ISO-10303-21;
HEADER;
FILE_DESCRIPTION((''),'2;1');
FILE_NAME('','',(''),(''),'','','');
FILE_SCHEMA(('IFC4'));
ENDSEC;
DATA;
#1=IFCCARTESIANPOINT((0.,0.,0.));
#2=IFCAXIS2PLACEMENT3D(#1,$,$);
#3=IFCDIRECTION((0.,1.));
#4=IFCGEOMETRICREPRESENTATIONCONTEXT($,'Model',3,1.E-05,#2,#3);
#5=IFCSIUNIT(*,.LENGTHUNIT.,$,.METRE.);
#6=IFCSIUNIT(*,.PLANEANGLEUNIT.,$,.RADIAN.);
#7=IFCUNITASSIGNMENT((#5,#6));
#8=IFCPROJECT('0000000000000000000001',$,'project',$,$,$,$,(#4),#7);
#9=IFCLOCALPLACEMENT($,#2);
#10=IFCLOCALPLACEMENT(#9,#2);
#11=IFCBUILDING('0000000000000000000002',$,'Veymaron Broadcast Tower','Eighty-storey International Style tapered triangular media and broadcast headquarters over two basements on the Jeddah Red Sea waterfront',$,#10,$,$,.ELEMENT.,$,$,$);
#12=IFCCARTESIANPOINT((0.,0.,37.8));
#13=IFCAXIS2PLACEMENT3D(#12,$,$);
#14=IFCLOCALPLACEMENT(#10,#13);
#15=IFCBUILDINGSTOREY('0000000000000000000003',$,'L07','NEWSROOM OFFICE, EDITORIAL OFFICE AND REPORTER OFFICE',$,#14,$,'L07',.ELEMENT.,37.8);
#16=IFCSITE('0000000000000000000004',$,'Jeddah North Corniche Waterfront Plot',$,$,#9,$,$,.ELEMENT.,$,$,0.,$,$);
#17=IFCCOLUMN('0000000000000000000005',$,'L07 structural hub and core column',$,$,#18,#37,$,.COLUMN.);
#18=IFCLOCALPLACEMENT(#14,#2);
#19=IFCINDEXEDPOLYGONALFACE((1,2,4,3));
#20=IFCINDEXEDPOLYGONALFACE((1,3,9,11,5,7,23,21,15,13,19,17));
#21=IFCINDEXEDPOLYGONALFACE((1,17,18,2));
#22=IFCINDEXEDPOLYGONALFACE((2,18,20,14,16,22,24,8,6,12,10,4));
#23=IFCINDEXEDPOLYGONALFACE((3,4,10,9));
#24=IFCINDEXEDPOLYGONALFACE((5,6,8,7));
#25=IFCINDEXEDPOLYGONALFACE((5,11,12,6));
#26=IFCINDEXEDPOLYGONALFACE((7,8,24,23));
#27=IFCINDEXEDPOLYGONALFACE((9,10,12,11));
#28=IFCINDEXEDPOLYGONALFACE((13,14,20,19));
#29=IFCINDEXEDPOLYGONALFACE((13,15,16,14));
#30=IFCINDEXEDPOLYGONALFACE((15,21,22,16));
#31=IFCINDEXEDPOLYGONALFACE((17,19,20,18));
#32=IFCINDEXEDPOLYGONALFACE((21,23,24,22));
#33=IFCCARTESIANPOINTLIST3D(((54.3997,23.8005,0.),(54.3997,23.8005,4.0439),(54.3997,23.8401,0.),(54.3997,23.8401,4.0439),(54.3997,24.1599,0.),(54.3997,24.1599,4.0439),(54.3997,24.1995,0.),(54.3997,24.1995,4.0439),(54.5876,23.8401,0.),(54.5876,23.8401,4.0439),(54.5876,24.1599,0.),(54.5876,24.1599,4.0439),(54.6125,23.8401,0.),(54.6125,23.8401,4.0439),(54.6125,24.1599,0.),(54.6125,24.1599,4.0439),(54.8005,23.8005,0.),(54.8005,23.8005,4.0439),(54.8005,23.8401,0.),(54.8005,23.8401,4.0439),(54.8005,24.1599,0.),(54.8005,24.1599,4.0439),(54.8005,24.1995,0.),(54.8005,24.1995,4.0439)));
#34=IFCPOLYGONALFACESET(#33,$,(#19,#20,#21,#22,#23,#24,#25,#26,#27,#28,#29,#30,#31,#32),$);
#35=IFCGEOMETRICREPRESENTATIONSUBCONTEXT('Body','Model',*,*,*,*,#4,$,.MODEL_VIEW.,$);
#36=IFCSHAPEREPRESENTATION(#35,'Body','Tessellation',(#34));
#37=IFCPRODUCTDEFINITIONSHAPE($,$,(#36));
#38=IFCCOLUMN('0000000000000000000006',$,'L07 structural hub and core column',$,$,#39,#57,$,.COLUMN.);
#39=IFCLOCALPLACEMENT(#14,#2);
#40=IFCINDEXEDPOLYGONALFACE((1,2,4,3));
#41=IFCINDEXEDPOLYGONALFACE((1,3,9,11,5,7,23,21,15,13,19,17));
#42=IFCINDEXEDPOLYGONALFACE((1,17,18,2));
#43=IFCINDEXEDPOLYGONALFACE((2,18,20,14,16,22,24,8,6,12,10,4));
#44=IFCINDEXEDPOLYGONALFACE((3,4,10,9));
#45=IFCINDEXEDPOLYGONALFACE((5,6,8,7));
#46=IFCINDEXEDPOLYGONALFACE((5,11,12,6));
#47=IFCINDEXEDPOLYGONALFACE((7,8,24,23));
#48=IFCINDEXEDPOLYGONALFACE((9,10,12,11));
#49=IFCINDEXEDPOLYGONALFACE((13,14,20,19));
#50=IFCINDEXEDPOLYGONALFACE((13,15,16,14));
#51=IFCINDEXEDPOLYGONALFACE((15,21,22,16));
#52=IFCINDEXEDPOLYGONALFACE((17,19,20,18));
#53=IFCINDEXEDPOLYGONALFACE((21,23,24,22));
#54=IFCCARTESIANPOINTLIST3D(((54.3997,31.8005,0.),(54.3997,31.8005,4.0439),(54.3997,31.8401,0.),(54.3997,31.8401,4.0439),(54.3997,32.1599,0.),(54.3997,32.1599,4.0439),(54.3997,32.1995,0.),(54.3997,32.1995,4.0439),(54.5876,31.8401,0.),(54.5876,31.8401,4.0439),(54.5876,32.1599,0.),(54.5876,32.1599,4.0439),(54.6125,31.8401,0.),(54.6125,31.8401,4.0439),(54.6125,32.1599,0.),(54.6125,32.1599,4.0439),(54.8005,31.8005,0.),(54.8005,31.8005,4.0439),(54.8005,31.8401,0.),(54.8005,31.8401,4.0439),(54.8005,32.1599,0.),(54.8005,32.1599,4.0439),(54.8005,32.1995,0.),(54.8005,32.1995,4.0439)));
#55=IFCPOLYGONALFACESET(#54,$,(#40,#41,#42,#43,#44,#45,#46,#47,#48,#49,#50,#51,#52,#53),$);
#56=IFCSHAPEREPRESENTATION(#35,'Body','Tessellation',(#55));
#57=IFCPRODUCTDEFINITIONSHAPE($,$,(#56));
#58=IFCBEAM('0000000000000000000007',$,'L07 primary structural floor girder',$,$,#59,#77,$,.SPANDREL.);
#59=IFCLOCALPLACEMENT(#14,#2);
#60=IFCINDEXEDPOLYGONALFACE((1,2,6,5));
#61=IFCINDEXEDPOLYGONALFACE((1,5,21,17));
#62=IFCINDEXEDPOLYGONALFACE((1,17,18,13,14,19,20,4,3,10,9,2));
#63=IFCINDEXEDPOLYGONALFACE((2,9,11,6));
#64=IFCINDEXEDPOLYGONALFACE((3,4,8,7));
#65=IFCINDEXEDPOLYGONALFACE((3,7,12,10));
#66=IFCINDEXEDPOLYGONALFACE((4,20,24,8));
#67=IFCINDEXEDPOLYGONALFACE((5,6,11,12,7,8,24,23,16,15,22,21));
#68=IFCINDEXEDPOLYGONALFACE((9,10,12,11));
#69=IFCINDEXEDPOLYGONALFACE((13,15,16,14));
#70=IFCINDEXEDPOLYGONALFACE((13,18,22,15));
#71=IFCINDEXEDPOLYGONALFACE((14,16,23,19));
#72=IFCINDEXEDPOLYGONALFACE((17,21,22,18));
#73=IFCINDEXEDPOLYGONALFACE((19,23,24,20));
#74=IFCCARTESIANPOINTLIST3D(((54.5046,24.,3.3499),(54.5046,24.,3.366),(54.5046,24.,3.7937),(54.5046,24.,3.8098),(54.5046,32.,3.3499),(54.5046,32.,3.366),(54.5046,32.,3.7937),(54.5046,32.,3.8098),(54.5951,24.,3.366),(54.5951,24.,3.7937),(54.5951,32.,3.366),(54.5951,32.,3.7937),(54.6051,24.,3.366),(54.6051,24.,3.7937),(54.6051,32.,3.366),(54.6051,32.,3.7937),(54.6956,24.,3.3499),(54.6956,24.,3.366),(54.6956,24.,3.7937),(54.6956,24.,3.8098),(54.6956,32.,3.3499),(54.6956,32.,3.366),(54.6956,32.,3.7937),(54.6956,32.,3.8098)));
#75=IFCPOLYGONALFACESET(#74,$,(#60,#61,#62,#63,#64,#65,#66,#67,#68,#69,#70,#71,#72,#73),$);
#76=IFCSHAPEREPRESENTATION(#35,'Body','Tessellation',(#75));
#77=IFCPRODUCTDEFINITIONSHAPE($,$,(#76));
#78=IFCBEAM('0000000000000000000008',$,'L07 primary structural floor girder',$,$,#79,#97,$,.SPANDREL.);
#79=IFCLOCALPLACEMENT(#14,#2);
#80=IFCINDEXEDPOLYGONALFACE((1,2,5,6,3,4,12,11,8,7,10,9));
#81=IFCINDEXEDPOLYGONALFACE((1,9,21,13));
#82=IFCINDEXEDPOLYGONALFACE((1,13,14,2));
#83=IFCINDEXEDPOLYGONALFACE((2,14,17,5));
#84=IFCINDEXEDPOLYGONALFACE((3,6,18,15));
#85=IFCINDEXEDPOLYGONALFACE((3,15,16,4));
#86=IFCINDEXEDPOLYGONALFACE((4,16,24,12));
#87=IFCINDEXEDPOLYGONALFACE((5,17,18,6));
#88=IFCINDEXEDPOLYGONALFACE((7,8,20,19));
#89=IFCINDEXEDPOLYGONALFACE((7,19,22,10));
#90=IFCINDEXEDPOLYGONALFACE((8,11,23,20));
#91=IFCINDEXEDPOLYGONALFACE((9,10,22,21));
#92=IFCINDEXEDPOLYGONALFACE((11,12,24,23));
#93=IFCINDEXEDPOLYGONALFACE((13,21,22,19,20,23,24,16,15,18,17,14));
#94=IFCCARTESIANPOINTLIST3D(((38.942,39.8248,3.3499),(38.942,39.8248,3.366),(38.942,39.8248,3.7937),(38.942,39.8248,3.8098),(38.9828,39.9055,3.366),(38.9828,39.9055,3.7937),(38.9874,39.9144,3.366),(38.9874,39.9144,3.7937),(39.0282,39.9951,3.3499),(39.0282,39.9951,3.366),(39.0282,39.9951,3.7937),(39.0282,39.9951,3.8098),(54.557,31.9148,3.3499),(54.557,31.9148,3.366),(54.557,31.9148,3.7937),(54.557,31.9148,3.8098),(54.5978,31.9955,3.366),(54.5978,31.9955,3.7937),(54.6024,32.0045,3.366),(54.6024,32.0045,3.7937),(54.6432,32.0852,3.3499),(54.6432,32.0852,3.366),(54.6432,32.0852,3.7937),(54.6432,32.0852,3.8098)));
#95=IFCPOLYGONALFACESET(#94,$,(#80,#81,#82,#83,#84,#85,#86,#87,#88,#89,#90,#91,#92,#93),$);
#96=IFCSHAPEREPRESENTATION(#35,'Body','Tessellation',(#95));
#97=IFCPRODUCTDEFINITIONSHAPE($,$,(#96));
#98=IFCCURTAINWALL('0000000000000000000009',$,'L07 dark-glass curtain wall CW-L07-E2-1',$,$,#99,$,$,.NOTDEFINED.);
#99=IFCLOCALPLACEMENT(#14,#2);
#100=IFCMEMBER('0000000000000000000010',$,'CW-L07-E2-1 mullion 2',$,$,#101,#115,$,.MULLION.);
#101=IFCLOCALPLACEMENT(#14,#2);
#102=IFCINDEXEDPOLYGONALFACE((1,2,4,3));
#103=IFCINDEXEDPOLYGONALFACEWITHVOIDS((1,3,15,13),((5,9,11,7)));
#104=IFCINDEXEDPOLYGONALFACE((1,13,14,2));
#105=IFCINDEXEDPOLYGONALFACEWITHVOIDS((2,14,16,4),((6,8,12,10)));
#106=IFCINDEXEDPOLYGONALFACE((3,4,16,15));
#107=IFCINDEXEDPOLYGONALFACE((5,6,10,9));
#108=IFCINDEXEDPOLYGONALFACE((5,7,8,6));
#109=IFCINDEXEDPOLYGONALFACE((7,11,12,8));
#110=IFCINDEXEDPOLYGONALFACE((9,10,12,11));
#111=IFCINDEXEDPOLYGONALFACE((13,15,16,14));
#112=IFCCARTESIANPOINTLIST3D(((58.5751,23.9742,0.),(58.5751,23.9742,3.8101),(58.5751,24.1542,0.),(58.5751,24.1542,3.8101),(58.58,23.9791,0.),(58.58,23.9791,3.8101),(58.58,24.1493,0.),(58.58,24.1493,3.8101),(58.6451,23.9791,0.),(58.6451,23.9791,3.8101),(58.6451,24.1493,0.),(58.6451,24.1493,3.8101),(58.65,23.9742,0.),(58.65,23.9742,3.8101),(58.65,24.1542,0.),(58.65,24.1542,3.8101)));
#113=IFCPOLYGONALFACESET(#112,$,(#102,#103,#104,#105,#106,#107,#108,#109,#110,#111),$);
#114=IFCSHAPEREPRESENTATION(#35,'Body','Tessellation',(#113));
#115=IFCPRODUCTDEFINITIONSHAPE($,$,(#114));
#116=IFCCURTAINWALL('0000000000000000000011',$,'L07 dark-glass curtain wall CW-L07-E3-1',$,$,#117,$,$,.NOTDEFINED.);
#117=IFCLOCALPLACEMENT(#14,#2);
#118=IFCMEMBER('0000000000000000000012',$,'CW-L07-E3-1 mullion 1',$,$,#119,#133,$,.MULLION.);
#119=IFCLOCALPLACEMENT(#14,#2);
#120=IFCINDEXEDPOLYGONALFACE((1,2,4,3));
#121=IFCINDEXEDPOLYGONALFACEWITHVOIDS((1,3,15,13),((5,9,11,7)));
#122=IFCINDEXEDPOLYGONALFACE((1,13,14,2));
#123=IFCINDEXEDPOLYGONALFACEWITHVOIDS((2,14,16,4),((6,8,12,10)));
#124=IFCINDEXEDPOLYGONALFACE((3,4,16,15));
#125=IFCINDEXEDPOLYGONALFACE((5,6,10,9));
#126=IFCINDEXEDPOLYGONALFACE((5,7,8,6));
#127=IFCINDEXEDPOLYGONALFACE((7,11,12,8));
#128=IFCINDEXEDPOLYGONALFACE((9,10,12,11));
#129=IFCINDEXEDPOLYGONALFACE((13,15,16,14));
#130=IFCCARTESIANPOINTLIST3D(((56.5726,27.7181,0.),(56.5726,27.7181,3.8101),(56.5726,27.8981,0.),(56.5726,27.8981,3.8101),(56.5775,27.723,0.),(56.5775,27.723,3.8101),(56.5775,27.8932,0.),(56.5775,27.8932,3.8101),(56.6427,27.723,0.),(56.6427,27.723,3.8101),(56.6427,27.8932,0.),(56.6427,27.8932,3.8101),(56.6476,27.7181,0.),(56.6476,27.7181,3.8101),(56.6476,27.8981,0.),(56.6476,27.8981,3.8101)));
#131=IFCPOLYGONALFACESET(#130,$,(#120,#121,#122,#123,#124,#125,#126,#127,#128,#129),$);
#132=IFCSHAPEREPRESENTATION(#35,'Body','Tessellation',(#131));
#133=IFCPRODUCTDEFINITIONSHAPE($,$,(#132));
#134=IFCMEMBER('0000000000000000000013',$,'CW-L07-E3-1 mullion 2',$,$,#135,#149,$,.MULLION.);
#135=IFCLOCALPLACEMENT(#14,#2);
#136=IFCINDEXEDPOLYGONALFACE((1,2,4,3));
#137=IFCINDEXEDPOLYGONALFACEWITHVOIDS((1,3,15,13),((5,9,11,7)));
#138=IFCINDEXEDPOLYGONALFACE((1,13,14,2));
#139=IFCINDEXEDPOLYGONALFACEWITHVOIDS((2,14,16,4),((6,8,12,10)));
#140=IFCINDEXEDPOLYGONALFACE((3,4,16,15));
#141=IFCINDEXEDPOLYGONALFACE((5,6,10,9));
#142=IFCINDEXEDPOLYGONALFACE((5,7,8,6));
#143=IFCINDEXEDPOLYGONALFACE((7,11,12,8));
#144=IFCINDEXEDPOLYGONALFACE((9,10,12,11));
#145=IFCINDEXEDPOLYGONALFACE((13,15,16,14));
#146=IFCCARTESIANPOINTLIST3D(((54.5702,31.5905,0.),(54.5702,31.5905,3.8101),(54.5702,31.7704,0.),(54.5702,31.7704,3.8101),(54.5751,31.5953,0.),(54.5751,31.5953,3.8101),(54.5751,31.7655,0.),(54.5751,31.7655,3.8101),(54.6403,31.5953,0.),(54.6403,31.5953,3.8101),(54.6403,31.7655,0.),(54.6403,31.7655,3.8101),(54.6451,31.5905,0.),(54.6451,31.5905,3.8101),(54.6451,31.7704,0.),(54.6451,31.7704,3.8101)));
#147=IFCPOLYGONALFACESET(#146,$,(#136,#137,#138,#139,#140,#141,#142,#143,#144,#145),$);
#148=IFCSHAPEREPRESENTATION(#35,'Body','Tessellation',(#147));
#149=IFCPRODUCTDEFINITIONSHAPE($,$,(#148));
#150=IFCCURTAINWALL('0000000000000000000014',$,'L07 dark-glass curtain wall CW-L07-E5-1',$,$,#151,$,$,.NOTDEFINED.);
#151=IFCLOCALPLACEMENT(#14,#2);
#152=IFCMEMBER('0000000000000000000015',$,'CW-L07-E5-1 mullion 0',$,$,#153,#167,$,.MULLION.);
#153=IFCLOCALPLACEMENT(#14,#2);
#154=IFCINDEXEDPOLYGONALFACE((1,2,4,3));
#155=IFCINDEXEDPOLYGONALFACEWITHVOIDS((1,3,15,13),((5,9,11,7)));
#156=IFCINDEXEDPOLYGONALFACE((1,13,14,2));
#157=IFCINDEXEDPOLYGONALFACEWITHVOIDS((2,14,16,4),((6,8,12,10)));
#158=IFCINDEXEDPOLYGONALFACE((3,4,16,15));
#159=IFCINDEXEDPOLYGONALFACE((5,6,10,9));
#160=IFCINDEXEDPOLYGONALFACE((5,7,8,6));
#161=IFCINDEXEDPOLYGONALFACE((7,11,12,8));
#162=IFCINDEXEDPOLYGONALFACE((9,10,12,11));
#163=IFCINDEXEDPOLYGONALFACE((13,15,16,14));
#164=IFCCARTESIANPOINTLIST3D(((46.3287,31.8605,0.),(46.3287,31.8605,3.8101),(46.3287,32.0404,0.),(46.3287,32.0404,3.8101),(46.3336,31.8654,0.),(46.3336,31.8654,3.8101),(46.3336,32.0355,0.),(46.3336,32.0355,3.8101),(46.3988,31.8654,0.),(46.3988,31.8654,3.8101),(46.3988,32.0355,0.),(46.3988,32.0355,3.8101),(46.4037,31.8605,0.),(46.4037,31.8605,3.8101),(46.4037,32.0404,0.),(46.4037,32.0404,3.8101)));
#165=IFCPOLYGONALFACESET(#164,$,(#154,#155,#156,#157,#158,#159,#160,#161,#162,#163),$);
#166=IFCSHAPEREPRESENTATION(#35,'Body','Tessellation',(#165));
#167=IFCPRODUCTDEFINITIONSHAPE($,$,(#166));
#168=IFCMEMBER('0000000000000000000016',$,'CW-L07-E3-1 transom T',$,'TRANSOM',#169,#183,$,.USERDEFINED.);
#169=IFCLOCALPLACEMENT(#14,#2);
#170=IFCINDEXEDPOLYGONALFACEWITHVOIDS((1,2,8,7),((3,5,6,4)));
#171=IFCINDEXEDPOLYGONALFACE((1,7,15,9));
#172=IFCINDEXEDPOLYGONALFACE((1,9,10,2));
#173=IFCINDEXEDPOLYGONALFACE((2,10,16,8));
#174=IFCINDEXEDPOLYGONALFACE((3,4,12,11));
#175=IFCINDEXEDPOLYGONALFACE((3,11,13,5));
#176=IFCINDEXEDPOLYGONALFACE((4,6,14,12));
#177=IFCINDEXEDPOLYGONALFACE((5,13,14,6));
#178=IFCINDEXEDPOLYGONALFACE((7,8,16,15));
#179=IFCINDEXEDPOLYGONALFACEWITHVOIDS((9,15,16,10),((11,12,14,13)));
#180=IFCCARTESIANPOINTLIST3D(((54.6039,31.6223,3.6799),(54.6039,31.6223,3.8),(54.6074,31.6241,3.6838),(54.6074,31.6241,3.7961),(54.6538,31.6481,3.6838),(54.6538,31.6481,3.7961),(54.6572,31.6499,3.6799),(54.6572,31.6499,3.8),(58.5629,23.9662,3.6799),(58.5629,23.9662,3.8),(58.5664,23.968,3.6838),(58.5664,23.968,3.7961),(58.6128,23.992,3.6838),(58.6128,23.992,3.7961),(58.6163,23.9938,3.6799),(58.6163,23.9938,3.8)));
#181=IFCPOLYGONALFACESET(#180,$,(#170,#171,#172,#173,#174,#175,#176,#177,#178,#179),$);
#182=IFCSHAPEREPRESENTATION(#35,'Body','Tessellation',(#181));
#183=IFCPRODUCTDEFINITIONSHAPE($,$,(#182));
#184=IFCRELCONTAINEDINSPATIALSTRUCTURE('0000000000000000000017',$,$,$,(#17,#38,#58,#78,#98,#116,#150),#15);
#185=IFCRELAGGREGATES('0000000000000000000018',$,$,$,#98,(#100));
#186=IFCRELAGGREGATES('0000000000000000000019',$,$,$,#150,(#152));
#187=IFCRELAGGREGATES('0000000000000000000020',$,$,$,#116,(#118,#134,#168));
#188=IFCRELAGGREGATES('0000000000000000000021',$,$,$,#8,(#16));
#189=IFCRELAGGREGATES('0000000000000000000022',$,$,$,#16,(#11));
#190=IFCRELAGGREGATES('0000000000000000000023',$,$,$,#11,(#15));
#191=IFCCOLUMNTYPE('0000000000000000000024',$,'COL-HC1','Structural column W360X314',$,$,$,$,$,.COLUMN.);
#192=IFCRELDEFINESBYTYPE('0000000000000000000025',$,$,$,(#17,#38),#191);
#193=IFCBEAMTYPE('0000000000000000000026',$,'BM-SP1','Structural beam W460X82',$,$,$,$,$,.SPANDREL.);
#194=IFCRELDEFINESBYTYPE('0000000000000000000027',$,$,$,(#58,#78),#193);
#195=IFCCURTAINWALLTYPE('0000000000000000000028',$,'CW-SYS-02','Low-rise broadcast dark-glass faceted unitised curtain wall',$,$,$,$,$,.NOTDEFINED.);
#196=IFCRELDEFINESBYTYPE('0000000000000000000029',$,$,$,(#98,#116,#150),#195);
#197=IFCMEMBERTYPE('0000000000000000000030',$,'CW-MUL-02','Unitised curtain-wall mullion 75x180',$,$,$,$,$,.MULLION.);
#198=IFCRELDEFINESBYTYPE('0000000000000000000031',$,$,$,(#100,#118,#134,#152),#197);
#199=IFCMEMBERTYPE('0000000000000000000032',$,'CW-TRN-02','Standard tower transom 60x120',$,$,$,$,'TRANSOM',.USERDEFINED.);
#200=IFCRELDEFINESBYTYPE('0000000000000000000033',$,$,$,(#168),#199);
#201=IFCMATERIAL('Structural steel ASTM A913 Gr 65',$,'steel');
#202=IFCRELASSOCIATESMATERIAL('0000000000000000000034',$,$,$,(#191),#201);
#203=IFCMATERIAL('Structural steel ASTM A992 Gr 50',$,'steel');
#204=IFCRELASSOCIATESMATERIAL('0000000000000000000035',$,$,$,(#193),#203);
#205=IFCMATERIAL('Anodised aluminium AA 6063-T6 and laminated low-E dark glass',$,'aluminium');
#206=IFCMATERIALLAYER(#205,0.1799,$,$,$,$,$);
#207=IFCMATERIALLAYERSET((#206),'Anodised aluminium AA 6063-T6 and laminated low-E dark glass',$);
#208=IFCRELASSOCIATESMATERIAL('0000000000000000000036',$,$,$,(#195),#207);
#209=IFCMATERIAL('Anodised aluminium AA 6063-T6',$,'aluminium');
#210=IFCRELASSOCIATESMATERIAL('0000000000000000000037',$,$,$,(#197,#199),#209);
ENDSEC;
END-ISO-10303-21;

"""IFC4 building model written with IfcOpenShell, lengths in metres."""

from ifc_helpers import new_model, si_unit, direction, frame, origin, origin_2d, place, context, subcontext, project, spatial, hollow_rectangle, i_section, extrude, material, layer, layer_set, material_profile, profile_set, type_object, element, aggregate, save


model = new_model("IFC4")

# Units and contexts
model_context = context("Model", 3, precision=1e-05, world=origin(), true_north=direction((0.0, 1.0)))
body_context = subcontext(model_context, "Body", "Model", "MODEL_VIEW")
ifc_project = project(units=[si_unit("LENGTHUNIT", "METRE"), si_unit("PLANEANGLEUNIT", "RADIAN")], contexts=[model_context])

# Site, building, storey
site_placement = place(None, origin())
site = spatial("IfcSite", under=ifc_project, at=site_placement, Name="Jeddah North Corniche Waterfront Plot", CompositionType="ELEMENT", RefElevation=0.0)
building_placement = place(site_placement, origin())
building = spatial("IfcBuilding", under=site, at=building_placement, Name="Veymaron Broadcast Tower", Description="Eighty-storey International Style tapered triangular media and broadcast headquarters over two basements on the Jeddah Red Sea waterfront", CompositionType="ELEMENT")
storey_placement = place(building_placement, frame((0.0, 0.0, 37.8)))
storey = spatial("IfcBuildingStorey", under=building, at=storey_placement, Name="L07", Description="NEWSROOM OFFICE, EDITORIAL OFFICE AND REPORTER OFFICE", LongName="L07", CompositionType="ELEMENT", Elevation=37.8)

# Columns
ifc_material_1 = material(Name="Structural steel ASTM A913 Gr 65", Category="steel")
ifc_material_profile_1 = material_profile(ifc_material_1, i_section(OverallWidth=0.4009, OverallDepth=0.3989, WebThickness=0.0249, FlangeThickness=0.0396, at=origin_2d()), Name="W360X314")
ifc_profile_set_1 = profile_set([ifc_material_profile_1], Name="Structural steel ASTM A913 Gr 65")
column_type = type_object("IfcColumnType", Name="COL-HC1", Description="Structural column W360X314", PredefinedType="COLUMN", material=ifc_profile_set_1)
for number, where, z_axis, x_axis, name in (
    (1, (54.6001, 24.0, 0.0), (0.0, 0.0, 1.0), (1.0, 0.0, 0.0), "L07 structural hub and core column"),
    (2, (54.6001, 32.0, 0.0), (0.0, 0.0, 1.0), (1.0, 0.0, 0.0), "L07 structural hub and core column"),
):
    element("IfcColumn", number, at=place(storey_placement, frame(where, z_axis=z_axis, x_axis=x_axis)), inside=storey, type_object=column_type, Name=name, PredefinedType="COLUMN", context=body_context, shape_type="SweptSolid", body=[
        extrude(i_section(OverallWidth=0.4009, OverallDepth=0.3989, WebThickness=0.0249, FlangeThickness=0.0396, at=origin_2d()), origin(), (0.0, 0.0, 1.0), 4.0439),
    ])

# Beams
ifc_material_2 = material(Name="Structural steel ASTM A992 Gr 50", Category="steel")
ifc_material_profile_2 = material_profile(ifc_material_2, i_section(OverallWidth=0.1909, OverallDepth=0.46, WebThickness=0.01, FlangeThickness=0.0161, at=origin_2d()), Name="W460X82")
ifc_profile_set_2 = profile_set([ifc_material_profile_2], Name="Structural steel ASTM A992 Gr 50")
beam_type = type_object("IfcBeamType", Name="BM-SP1", Description="Structural beam W460X82", PredefinedType="SPANDREL", material=ifc_profile_set_2)
beam_1_placement = place(storey_placement, frame((54.6001, 24.0, 3.5798), z_axis=(0.0, 1.0, 0.0), x_axis=(-1.0, 0.0, 0.0)))
element("IfcBeam", 3, at=beam_1_placement, inside=storey, type_object=beam_type, Name="L07 primary structural floor girder", PredefinedType="SPANDREL", context=body_context, shape_type="SweptSolid", body=[
    extrude(i_section(OverallWidth=0.1909, OverallDepth=0.46, WebThickness=0.01, FlangeThickness=0.0161, at=origin_2d()), origin(), (0.0, 0.0, 1.0), 8.0),
])
beam_2_placement = place(storey_placement, frame((54.6001, 32.0, 3.5798), z_axis=(-0.892075, 0.451888, 0.0), x_axis=(-0.451888, -0.892075, 0.0)))
element("IfcBeam", 4, at=beam_2_placement, inside=storey, type_object=beam_type, Name="L07 primary structural floor girder", PredefinedType="SPANDREL", context=body_context, shape_type="SweptSolid", body=[
    extrude(i_section(OverallWidth=0.1909, OverallDepth=0.46, WebThickness=0.01, FlangeThickness=0.0161, at=origin_2d()), origin(), (0.0, 0.0, 1.0), 17.5042),
])

# Curtain wall, member
ifc_material_3 = material(Name="Anodised aluminium AA 6063-T6 and laminated low-E dark glass", Category="aluminium")
ifc_layer_1 = layer(ifc_material_3, 0.1799)
ifc_layer_set_1 = layer_set([ifc_layer_1], Name="Anodised aluminium AA 6063-T6 and laminated low-E dark glass")
curtain_wall_type = type_object("IfcCurtainWallType", Name="CW-SYS-02", Description="Low-rise broadcast dark-glass faceted unitised curtain wall", PredefinedType="NOTDEFINED", material=ifc_layer_set_1)
curtain_wall_1_placement = place(storey_placement, origin())
curtain_wall_1 = element("IfcCurtainWall", 5, at=curtain_wall_1_placement, inside=storey, type_object=curtain_wall_type, Name="L07 dark-glass curtain wall CW-L07-E2-1", PredefinedType="NOTDEFINED")
ifc_material_4 = material(Name="Anodised aluminium AA 6063-T6", Category="aluminium")
ifc_material_profile_3 = material_profile(ifc_material_4, hollow_rectangle(XDim=0.075, YDim=0.1799, WallThickness=0.0049, at=origin_2d()), Name="AL180X75X5")
ifc_profile_set_3 = profile_set([ifc_material_profile_3], Name="Anodised aluminium AA 6063-T6")
member_type_1 = type_object("IfcMemberType", Name="CW-MUL-02", Description="Unitised curtain-wall mullion 75x180", PredefinedType="MULLION", material=ifc_profile_set_3)
member_1_placement = place(storey_placement, frame((58.6125, 24.0642, 0.0), z_axis=(0.0, 0.0, 1.0), x_axis=(1.0, 0.0, 0.0)))
member_1 = element("IfcMember", 6, at=member_1_placement, type_object=member_type_1, Name="CW-L07-E2-1 mullion 2", PredefinedType="MULLION", context=body_context, shape_type="SweptSolid", body=[
    extrude(hollow_rectangle(XDim=0.075, YDim=0.1799, WallThickness=0.0049, at=origin_2d()), origin(), (0.0, 0.0, 1.0), 3.8101),
])
aggregate(curtain_wall_1, [member_1])

# Curtain wall, members
curtain_wall_2_placement = place(storey_placement, origin())
curtain_wall_2 = element("IfcCurtainWall", 7, at=curtain_wall_2_placement, inside=storey, type_object=curtain_wall_type, Name="L07 dark-glass curtain wall CW-L07-E3-1", PredefinedType="NOTDEFINED")
member_2_placement = place(storey_placement, frame((56.6101, 27.8081, 0.0), z_axis=(0.0, 0.0, 1.0), x_axis=(1.0, 0.0, 0.0)))
member_2 = element("IfcMember", 8, at=member_2_placement, type_object=member_type_1, Name="CW-L07-E3-1 mullion 1", PredefinedType="MULLION", context=body_context, shape_type="SweptSolid", body=[
    extrude(hollow_rectangle(XDim=0.075, YDim=0.1799, WallThickness=0.0049, at=origin_2d()), origin(), (0.0, 0.0, 1.0), 3.8101),
])
member_3_placement = place(storey_placement, frame((54.6077, 31.6804, 0.0), z_axis=(0.0, 0.0, 1.0), x_axis=(1.0, 0.0, 0.0)))
member_3 = element("IfcMember", 9, at=member_3_placement, type_object=member_type_1, Name="CW-L07-E3-1 mullion 2", PredefinedType="MULLION", context=body_context, shape_type="SweptSolid", body=[
    extrude(hollow_rectangle(XDim=0.075, YDim=0.1799, WallThickness=0.0049, at=origin_2d()), origin(), (0.0, 0.0, 1.0), 3.8101),
])

# Curtain wall, member
curtain_wall_3_placement = place(storey_placement, origin())
curtain_wall_3 = element("IfcCurtainWall", 10, at=curtain_wall_3_placement, inside=storey, type_object=curtain_wall_type, Name="L07 dark-glass curtain wall CW-L07-E5-1", PredefinedType="NOTDEFINED")
member_4_placement = place(storey_placement, frame((46.3662, 31.9504, 0.0), z_axis=(0.0, 0.0, 1.0), x_axis=(1.0, 0.0, 0.0)))
member_4 = element("IfcMember", 11, at=member_4_placement, type_object=member_type_1, Name="CW-L07-E5-1 mullion 0", PredefinedType="MULLION", context=body_context, shape_type="SweptSolid", body=[
    extrude(hollow_rectangle(XDim=0.075, YDim=0.1799, WallThickness=0.0049, at=origin_2d()), origin(), (0.0, 0.0, 1.0), 3.8101),
])

# Member
ifc_material_profile_4 = material_profile(ifc_material_4, hollow_rectangle(XDim=0.0601, YDim=0.1201, WallThickness=0.0039, at=origin_2d()), Name="AL120X60X4")
ifc_profile_set_4 = profile_set([ifc_material_profile_4], Name="Anodised aluminium AA 6063-T6")
member_type_2 = type_object("IfcMemberType", Name="CW-TRN-02", Description="Standard tower transom 60x120", ElementType="TRANSOM", PredefinedType="USERDEFINED", material=ifc_profile_set_4)
member_5_placement = place(storey_placement, frame((58.5896, 23.98, 3.74), z_axis=(-0.45933, 0.888266, 0.0), x_axis=(-0.888266, -0.45933, 0.0)))
member_5 = element("IfcMember", 12, at=member_5_placement, type_object=member_type_2, Name="CW-L07-E3-1 transom T", ObjectType="TRANSOM", PredefinedType="USERDEFINED", context=body_context, shape_type="SweptSolid", body=[
    extrude(hollow_rectangle(XDim=0.0601, YDim=0.1201, WallThickness=0.0039, at=origin_2d()), origin(), (0.0, 0.0, 1.0), 8.6191),
])
aggregate(curtain_wall_3, [member_4])

aggregate(curtain_wall_2, [member_2, member_3, member_5])

save(model, "model.ifc")
